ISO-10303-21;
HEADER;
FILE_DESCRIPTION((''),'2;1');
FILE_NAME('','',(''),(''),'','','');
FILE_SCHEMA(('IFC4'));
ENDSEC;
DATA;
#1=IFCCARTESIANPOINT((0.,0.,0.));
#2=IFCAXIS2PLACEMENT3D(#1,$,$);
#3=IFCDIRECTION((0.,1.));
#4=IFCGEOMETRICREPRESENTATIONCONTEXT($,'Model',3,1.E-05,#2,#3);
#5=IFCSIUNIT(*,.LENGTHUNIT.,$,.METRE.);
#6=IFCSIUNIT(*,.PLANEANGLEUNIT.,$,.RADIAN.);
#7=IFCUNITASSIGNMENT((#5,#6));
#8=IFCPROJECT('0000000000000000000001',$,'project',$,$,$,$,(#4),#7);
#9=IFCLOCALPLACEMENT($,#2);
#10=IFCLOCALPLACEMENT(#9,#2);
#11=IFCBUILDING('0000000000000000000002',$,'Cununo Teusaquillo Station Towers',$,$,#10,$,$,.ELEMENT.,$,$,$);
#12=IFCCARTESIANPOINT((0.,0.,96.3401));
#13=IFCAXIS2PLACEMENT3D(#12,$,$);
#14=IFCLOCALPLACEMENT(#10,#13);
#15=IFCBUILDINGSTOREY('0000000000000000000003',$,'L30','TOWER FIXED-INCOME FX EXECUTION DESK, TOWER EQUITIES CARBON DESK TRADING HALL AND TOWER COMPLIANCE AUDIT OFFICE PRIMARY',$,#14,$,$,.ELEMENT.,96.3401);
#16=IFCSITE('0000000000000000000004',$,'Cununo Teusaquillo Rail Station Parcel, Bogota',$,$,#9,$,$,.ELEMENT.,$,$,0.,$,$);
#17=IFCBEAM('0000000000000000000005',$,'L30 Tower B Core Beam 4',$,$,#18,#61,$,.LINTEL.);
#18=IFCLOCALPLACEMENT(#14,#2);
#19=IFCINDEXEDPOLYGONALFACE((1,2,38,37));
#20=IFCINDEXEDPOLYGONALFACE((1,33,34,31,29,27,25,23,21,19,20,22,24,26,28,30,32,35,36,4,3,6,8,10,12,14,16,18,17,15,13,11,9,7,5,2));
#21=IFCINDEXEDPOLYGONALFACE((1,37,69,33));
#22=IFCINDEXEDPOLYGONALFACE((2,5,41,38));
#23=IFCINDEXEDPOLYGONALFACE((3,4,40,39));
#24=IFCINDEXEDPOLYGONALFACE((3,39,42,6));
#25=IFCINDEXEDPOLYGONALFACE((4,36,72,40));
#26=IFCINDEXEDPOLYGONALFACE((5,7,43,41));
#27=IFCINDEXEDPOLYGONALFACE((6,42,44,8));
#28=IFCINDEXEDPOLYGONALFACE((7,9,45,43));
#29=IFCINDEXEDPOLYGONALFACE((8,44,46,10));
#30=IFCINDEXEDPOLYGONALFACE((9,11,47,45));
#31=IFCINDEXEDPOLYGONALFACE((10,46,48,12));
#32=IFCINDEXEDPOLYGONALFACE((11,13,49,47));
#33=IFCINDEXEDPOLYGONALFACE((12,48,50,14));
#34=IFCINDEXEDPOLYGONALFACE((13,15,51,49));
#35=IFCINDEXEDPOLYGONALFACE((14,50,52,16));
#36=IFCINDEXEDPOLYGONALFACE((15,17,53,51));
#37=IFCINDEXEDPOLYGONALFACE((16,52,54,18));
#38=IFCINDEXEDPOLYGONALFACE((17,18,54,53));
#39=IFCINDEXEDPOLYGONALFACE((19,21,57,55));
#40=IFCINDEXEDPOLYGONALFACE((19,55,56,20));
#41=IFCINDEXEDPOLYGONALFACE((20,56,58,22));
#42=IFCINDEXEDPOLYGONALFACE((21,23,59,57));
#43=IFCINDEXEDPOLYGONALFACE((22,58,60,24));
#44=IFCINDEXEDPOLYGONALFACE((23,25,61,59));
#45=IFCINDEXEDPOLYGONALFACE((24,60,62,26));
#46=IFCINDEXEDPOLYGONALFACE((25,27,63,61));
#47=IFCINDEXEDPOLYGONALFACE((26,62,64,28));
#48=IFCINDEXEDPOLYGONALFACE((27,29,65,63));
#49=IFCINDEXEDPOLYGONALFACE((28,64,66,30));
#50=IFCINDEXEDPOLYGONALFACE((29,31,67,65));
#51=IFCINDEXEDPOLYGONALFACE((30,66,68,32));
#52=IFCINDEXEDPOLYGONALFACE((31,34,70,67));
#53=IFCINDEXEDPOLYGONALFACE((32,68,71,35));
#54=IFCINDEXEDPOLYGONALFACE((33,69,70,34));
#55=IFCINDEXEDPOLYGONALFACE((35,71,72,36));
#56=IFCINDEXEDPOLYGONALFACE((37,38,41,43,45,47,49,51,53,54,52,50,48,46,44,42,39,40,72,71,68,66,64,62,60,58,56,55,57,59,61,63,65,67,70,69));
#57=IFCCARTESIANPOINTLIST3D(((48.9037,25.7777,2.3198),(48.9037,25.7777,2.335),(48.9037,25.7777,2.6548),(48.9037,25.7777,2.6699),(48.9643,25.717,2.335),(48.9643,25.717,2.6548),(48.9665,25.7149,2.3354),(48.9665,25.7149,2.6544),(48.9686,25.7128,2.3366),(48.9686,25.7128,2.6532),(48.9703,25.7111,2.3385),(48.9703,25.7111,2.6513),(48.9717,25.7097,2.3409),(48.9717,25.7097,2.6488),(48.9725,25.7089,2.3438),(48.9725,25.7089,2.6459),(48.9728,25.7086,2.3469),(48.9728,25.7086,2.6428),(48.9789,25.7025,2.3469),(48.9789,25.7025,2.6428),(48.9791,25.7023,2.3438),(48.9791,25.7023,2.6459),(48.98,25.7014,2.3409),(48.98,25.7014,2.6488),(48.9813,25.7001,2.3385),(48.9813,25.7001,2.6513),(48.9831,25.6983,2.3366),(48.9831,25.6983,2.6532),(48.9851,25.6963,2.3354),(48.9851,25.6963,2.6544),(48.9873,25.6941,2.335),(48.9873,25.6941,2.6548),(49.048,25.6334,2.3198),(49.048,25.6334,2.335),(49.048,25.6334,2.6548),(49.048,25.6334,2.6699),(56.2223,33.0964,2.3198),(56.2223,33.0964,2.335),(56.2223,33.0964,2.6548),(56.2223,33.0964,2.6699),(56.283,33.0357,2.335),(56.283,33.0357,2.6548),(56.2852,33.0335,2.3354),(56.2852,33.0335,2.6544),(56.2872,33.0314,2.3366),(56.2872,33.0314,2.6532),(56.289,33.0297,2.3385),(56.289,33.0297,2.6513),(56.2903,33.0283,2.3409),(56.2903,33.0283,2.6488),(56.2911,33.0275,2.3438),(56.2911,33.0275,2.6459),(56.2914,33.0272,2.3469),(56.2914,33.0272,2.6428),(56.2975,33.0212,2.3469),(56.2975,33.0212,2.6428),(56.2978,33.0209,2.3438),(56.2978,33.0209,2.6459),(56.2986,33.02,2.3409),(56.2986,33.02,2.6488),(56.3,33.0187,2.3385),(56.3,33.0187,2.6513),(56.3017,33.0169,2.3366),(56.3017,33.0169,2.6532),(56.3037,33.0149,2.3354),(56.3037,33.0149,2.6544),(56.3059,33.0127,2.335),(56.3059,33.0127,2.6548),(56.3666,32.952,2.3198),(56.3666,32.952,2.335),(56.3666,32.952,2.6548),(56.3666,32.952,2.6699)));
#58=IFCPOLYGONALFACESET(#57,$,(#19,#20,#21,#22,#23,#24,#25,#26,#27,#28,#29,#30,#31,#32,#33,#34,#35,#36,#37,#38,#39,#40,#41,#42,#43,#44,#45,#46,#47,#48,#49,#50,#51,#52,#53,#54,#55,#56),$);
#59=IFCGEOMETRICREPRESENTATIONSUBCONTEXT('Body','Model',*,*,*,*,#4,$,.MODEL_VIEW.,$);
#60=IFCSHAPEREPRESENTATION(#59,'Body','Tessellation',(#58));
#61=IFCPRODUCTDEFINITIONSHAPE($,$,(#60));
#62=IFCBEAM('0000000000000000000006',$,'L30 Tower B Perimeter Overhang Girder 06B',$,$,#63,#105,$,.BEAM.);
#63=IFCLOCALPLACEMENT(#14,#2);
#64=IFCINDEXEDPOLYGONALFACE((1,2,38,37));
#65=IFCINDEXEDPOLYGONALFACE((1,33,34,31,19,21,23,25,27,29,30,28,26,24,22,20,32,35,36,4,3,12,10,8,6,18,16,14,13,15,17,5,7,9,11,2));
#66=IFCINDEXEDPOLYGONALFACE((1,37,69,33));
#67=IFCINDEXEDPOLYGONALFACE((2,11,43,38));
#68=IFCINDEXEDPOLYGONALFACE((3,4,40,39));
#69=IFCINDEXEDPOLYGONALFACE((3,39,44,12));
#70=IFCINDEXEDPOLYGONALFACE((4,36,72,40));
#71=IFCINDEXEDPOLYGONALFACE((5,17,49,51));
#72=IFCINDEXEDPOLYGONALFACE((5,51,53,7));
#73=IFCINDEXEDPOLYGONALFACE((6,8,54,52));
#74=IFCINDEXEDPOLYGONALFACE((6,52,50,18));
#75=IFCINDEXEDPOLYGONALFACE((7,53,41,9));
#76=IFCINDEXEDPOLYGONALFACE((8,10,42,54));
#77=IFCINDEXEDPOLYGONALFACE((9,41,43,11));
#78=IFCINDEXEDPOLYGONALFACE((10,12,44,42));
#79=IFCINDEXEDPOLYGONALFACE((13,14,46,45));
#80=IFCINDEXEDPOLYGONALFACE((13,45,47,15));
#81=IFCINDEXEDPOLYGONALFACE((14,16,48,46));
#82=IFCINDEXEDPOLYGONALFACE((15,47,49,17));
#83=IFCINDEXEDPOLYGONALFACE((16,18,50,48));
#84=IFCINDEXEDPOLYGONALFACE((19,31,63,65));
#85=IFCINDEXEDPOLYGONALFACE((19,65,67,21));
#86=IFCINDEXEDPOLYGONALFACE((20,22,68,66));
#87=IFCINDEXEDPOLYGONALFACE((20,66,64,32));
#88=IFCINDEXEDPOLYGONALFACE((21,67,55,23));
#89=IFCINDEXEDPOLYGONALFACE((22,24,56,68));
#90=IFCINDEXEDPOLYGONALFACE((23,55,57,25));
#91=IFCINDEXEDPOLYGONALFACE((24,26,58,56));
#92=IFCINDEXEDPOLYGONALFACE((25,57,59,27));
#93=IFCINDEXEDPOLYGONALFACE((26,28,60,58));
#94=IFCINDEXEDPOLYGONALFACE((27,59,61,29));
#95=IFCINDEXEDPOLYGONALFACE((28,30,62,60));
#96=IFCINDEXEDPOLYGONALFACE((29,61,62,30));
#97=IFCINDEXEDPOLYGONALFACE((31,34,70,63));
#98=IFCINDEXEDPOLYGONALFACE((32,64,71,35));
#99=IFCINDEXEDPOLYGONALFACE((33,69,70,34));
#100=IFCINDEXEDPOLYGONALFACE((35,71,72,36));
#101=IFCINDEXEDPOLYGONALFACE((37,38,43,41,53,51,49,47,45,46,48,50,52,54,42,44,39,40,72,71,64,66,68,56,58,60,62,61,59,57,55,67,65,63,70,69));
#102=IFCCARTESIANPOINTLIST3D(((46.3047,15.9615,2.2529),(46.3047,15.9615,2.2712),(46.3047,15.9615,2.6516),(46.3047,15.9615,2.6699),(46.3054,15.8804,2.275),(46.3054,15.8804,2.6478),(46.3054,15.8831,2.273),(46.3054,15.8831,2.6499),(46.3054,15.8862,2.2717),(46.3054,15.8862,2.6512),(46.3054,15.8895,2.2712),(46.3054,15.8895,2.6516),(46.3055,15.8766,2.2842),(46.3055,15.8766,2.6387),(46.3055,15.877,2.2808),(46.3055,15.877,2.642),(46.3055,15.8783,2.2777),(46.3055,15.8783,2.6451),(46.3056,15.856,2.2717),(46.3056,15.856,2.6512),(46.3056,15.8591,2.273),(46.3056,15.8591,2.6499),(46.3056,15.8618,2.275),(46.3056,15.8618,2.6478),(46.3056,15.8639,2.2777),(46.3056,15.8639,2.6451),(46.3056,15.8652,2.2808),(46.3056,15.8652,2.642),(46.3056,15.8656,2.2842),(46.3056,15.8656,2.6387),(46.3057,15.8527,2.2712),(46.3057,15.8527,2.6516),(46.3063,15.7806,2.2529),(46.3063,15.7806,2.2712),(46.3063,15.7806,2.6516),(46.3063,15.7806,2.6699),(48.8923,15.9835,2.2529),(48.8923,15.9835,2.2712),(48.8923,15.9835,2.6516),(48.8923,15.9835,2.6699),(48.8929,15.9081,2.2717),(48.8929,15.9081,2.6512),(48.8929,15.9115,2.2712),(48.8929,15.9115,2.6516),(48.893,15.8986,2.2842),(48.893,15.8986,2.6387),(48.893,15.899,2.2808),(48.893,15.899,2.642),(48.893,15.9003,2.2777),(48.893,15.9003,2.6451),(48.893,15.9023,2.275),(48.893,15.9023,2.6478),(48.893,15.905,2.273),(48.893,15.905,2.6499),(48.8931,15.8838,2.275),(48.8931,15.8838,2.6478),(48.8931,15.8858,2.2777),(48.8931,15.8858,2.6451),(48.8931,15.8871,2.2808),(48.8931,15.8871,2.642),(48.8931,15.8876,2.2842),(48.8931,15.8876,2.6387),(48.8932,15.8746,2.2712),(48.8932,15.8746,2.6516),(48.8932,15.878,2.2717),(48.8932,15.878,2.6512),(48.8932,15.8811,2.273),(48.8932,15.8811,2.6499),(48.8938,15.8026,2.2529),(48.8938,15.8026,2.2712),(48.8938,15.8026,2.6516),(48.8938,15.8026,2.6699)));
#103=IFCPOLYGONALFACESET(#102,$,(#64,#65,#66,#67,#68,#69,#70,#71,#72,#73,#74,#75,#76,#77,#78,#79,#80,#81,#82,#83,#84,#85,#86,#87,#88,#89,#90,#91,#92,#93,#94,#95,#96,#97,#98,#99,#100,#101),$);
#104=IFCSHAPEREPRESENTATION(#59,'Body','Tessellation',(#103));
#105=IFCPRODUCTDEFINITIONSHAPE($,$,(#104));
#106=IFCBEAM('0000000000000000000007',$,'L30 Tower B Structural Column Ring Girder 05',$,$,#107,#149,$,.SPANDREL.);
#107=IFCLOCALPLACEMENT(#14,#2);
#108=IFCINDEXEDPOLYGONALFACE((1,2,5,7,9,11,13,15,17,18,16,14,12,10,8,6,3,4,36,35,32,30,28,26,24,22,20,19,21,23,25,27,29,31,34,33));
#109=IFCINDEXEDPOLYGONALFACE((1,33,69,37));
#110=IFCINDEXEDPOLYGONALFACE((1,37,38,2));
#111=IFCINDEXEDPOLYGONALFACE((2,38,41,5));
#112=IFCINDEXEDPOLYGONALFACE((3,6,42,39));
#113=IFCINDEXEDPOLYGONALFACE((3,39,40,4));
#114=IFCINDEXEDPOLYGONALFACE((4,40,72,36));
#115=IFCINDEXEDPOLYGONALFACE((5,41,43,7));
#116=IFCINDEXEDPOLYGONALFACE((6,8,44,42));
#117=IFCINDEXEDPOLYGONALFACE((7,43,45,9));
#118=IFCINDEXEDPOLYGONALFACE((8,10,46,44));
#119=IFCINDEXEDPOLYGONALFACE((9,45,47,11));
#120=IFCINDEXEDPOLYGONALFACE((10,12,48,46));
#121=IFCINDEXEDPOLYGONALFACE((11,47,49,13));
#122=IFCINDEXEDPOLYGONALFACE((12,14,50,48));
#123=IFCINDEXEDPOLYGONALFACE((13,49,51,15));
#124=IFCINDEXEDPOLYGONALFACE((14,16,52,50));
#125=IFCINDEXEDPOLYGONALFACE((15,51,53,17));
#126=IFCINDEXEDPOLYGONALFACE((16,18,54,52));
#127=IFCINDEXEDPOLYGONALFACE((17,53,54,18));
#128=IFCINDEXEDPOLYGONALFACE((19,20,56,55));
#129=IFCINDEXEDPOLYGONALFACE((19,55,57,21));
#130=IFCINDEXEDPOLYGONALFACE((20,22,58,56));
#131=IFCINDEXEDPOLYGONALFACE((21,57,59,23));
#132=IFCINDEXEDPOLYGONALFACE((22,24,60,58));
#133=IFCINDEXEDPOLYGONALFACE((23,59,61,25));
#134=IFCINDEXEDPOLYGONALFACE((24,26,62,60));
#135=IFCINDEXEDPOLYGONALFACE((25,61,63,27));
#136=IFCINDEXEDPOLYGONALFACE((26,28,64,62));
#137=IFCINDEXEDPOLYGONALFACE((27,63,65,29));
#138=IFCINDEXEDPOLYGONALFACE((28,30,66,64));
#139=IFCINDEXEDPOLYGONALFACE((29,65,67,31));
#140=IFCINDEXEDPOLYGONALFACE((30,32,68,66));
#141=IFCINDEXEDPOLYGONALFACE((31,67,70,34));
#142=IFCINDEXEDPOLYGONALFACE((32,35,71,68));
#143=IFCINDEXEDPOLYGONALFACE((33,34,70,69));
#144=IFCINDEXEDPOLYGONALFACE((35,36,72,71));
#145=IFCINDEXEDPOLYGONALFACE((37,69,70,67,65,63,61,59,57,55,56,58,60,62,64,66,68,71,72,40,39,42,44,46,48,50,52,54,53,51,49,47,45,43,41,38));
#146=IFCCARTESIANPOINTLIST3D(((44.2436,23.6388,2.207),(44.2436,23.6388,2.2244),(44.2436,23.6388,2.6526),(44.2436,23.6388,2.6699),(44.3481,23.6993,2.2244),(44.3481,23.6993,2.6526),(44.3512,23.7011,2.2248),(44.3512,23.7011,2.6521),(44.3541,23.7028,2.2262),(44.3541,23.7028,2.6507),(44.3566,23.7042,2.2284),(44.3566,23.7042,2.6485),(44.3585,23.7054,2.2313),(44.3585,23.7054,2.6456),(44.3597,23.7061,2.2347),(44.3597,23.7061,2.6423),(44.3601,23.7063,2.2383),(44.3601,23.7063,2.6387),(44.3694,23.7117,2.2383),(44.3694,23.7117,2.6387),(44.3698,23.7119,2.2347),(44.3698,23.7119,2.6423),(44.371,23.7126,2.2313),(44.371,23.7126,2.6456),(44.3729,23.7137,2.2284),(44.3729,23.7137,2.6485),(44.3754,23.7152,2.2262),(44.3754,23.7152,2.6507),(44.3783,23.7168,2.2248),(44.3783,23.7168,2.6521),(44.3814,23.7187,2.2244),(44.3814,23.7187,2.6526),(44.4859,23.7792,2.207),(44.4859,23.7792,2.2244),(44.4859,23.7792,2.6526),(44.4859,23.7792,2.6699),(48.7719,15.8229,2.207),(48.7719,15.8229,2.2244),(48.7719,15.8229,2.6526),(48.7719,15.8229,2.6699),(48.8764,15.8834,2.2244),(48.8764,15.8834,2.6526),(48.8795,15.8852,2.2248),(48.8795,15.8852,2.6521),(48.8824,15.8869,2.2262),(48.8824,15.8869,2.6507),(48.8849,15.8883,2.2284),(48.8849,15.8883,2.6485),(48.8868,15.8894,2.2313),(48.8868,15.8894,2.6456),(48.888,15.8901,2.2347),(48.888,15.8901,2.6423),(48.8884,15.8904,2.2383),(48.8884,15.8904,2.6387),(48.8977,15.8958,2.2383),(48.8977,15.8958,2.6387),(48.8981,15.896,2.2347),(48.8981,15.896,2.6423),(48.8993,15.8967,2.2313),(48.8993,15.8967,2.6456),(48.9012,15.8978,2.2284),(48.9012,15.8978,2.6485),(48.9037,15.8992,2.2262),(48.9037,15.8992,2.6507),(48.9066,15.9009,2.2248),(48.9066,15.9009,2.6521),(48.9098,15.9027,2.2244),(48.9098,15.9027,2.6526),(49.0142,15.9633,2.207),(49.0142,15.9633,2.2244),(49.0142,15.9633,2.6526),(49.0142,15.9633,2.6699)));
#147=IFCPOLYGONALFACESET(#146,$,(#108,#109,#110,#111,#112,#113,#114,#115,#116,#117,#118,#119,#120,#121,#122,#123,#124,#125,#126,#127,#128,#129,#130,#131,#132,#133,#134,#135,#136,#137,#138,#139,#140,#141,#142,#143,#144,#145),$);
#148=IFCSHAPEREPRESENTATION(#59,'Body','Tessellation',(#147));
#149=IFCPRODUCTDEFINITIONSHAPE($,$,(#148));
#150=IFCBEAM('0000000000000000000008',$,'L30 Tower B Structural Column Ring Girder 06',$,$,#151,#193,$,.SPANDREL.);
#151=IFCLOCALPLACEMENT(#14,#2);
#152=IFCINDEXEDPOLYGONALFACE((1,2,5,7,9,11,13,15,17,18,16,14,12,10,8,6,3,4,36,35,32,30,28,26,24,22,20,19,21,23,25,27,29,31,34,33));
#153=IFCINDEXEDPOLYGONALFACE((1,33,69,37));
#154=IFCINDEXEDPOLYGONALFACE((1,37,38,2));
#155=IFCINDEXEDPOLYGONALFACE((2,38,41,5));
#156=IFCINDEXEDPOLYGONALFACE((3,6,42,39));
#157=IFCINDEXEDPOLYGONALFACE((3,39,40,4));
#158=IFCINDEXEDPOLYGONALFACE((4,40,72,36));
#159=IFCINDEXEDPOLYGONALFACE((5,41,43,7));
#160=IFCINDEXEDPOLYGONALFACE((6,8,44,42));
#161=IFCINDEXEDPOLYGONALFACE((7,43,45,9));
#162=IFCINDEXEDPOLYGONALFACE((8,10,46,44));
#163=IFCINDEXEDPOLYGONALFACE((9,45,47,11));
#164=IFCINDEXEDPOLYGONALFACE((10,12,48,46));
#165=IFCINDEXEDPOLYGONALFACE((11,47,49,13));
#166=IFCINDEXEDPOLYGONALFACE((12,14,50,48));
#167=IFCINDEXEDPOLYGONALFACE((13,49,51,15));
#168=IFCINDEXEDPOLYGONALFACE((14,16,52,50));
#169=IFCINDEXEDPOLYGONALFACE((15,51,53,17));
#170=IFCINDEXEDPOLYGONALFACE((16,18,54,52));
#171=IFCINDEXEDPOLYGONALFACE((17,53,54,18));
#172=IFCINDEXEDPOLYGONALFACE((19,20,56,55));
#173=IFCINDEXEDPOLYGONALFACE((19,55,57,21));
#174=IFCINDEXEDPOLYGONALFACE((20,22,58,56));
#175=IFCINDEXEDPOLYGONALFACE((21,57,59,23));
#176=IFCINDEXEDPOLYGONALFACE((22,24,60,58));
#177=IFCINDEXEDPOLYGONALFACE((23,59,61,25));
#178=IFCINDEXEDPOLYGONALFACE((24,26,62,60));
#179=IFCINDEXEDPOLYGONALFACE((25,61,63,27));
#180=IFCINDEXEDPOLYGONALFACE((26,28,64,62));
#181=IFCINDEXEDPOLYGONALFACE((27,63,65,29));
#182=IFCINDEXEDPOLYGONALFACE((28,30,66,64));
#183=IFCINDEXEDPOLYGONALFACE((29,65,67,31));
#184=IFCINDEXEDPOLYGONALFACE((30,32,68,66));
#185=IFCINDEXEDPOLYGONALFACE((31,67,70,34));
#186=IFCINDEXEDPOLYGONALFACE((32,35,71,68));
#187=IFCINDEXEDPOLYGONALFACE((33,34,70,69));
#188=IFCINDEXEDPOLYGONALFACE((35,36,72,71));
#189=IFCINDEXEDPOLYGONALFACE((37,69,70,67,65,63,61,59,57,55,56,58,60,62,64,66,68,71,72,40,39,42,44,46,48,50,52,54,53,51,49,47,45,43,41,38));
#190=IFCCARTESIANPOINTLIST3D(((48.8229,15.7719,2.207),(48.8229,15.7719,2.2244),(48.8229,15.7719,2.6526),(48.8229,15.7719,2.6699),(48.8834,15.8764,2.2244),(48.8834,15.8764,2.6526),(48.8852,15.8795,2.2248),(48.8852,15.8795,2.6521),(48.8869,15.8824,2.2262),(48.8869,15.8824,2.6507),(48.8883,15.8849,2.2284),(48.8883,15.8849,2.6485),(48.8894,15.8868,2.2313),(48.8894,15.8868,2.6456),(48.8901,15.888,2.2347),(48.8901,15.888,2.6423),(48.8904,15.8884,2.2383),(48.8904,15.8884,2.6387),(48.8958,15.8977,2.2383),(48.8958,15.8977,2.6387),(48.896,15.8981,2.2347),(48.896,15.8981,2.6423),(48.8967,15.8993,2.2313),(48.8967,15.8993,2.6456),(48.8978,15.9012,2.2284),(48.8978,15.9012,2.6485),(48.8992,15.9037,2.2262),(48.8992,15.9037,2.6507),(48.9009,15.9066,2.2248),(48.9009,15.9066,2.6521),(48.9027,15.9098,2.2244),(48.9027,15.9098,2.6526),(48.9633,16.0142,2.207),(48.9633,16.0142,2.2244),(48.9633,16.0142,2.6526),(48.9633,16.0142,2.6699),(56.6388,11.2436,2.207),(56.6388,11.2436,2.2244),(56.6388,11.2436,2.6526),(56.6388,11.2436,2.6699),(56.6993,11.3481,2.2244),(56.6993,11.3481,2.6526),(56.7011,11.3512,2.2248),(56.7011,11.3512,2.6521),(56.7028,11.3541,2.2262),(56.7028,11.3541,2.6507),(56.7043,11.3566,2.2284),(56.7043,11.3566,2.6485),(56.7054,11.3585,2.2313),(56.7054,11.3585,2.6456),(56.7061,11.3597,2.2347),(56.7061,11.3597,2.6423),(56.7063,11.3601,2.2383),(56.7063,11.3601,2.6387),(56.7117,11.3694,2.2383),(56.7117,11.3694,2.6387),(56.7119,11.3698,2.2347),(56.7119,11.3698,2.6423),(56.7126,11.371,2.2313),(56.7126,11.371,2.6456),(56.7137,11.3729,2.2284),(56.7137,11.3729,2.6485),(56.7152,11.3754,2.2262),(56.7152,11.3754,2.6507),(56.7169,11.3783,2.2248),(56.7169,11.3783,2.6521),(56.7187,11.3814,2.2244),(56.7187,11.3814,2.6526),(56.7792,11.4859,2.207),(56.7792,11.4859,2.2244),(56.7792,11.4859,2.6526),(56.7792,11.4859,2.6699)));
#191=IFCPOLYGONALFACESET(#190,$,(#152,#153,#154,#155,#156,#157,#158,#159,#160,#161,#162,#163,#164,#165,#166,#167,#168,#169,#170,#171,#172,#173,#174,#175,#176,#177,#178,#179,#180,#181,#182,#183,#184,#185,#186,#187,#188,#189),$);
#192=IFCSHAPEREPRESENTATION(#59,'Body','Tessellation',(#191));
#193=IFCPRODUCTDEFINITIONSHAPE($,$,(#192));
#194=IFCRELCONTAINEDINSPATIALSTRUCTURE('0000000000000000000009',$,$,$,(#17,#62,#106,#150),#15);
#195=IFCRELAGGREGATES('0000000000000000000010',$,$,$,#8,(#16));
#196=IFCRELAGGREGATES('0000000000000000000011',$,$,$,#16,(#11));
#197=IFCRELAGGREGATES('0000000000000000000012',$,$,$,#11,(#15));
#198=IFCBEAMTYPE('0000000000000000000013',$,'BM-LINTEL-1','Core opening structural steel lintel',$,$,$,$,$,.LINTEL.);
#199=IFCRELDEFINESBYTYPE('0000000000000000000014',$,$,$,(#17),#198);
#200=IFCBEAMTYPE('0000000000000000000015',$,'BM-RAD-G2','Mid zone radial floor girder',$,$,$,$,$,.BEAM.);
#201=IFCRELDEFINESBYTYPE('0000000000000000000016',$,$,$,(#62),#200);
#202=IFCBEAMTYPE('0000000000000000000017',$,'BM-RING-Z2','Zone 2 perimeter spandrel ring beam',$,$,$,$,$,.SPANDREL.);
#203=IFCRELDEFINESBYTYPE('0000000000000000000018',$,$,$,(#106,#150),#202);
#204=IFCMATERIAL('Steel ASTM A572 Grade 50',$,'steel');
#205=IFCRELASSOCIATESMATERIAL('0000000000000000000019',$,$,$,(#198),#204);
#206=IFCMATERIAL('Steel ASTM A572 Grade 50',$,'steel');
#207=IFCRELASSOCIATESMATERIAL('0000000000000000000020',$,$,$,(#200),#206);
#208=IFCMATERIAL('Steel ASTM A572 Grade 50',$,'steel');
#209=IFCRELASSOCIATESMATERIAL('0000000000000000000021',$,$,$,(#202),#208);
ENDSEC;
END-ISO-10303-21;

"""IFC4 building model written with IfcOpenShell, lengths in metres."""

from ifc_helpers import new_model, si_unit, direction, frame, origin, origin_2d, place, context, subcontext, project, spatial, i_section, extrude, material, material_profile, profile_set, type_object, element, save


model = new_model("IFC4")

# Units and contexts
model_context = context("Model", 3, precision=1e-05, world=origin(), true_north=direction((0.0, 1.0)))
body_context = subcontext(model_context, "Body", "Model", "MODEL_VIEW")
ifc_project = project(units=[si_unit("LENGTHUNIT", "METRE"), si_unit("PLANEANGLEUNIT", "RADIAN")], contexts=[model_context])

# Site, building, storey
site_placement = place(None, origin())
site = spatial("IfcSite", under=ifc_project, at=site_placement, Name="Cununo Teusaquillo Rail Station Parcel, Bogota", CompositionType="ELEMENT", RefElevation=0.0)
building_placement = place(site_placement, origin())
building = spatial("IfcBuilding", under=site, at=building_placement, Name="Cununo Teusaquillo Station Towers", CompositionType="ELEMENT")
storey_placement = place(building_placement, frame((0.0, 0.0, 96.3401)))
storey = spatial("IfcBuildingStorey", under=building, at=storey_placement, Name="L30", Description="TOWER FIXED-INCOME FX EXECUTION DESK, TOWER EQUITIES CARBON DESK TRADING HALL AND TOWER COMPLIANCE AUDIT OFFICE PRIMARY", CompositionType="ELEMENT", Elevation=96.3401)

# Beams
ifc_material_1 = material(Name="Steel ASTM A572 Grade 50", Category="steel")
ifc_material_profile_1 = material_profile(ifc_material_1, i_section(OverallWidth=0.2041, OverallDepth=0.3501, WebThickness=0.0085, FlangeThickness=0.0151, FilletRadius=0.012, at=origin_2d()), Name="W14X48")
ifc_profile_set_1 = profile_set([ifc_material_profile_1], Name="Steel ASTM A572 Grade 50")
beam_type_1 = type_object("IfcBeamType", Name="BM-LINTEL-1", Description="Core opening structural steel lintel", PredefinedType="LINTEL", material=ifc_profile_set_1)
beam_1_placement = place(storey_placement, frame((48.9758, 25.7056, 2.4949), z_axis=(0.707107, 0.707107, 0.0), x_axis=(-0.707107, 0.707107, 0.0)))
element("IfcBeam", 1, at=beam_1_placement, inside=storey, type_object=beam_type_1, Name="L30 Tower B Core Beam 4", PredefinedType="LINTEL", context=body_context, shape_type="SweptSolid", body=[
    extrude(i_section(OverallWidth=0.2041, OverallDepth=0.3501, WebThickness=0.0085, FlangeThickness=0.0151, FilletRadius=0.012, at=origin_2d()), origin(), (0.0, 0.0, 1.0), 10.3501),
])
ifc_material_2 = material(Name="Steel ASTM A572 Grade 50", Category="steel")
ifc_material_profile_2 = material_profile(ifc_material_2, i_section(OverallWidth=0.1809, OverallDepth=0.417, WebThickness=0.011, FlangeThickness=0.0183, FilletRadius=0.0129, at=origin_2d()), Name="W16X57")
ifc_profile_set_2 = profile_set([ifc_material_profile_2], Name="Steel ASTM A572 Grade 50")
beam_type_2 = type_object("IfcBeamType", Name="BM-RAD-G2", Description="Mid zone radial floor girder", PredefinedType="BEAM", material=ifc_profile_set_2)
beam_2_placement = place(storey_placement, frame((48.8931, 15.8931, 2.4614), z_axis=(-0.999964, -0.008491, 0.0), x_axis=(0.008491, -0.999964, 0.0)))
element("IfcBeam", 2, at=beam_2_placement, inside=storey, type_object=beam_type_2, Name="L30 Tower B Perimeter Overhang Girder 06B", PredefinedType="BEAM", context=body_context, shape_type="SweptSolid", body=[
    extrude(i_section(OverallWidth=0.1809, OverallDepth=0.417, WebThickness=0.011, FlangeThickness=0.0183, FilletRadius=0.0129, at=origin_2d()), origin(), (0.0, 0.0, 1.0), 2.5876),
])
ifc_material_3 = material(Name="Steel ASTM A572 Grade 50", Category="steel")
ifc_material_profile_3 = material_profile(ifc_material_3, i_section(OverallWidth=0.28, OverallDepth=0.4629, WebThickness=0.0107, FlangeThickness=0.0173, FilletRadius=0.0139, at=origin_2d()), Name="W18X76")
ifc_profile_set_3 = profile_set([ifc_material_profile_3], Name="Steel ASTM A572 Grade 50")
beam_type_3 = type_object("IfcBeamType", Name="BM-RING-Z2", Description="Zone 2 perimeter spandrel ring beam", PredefinedType="SPANDREL", material=ifc_profile_set_3)
for number, where, z_axis, x_axis, name in (
    (3, (44.3647, 23.709, 2.4385), (0.501311, -0.865267, 0.0), (0.865267, 0.501311, 0.0), "L30 Tower B Structural Column Ring Girder 05"),
    (4, (48.8931, 15.8931, 2.4385), (0.865267, -0.501311, 0.0), (0.501311, 0.865267, 0.0), "L30 Tower B Structural Column Ring Girder 06"),
):
    element("IfcBeam", number, at=place(storey_placement, frame(where, z_axis=z_axis, x_axis=x_axis)), inside=storey, type_object=beam_type_3, Name=name, PredefinedType="SPANDREL", context=body_context, shape_type="SweptSolid", body=[
        extrude(i_section(OverallWidth=0.28, OverallDepth=0.4629, WebThickness=0.0107, FlangeThickness=0.0173, FilletRadius=0.0139, at=origin_2d()), origin(), (0.0, 0.0, 1.0), 9.033),
    ])

save(model, "model.ifc")
